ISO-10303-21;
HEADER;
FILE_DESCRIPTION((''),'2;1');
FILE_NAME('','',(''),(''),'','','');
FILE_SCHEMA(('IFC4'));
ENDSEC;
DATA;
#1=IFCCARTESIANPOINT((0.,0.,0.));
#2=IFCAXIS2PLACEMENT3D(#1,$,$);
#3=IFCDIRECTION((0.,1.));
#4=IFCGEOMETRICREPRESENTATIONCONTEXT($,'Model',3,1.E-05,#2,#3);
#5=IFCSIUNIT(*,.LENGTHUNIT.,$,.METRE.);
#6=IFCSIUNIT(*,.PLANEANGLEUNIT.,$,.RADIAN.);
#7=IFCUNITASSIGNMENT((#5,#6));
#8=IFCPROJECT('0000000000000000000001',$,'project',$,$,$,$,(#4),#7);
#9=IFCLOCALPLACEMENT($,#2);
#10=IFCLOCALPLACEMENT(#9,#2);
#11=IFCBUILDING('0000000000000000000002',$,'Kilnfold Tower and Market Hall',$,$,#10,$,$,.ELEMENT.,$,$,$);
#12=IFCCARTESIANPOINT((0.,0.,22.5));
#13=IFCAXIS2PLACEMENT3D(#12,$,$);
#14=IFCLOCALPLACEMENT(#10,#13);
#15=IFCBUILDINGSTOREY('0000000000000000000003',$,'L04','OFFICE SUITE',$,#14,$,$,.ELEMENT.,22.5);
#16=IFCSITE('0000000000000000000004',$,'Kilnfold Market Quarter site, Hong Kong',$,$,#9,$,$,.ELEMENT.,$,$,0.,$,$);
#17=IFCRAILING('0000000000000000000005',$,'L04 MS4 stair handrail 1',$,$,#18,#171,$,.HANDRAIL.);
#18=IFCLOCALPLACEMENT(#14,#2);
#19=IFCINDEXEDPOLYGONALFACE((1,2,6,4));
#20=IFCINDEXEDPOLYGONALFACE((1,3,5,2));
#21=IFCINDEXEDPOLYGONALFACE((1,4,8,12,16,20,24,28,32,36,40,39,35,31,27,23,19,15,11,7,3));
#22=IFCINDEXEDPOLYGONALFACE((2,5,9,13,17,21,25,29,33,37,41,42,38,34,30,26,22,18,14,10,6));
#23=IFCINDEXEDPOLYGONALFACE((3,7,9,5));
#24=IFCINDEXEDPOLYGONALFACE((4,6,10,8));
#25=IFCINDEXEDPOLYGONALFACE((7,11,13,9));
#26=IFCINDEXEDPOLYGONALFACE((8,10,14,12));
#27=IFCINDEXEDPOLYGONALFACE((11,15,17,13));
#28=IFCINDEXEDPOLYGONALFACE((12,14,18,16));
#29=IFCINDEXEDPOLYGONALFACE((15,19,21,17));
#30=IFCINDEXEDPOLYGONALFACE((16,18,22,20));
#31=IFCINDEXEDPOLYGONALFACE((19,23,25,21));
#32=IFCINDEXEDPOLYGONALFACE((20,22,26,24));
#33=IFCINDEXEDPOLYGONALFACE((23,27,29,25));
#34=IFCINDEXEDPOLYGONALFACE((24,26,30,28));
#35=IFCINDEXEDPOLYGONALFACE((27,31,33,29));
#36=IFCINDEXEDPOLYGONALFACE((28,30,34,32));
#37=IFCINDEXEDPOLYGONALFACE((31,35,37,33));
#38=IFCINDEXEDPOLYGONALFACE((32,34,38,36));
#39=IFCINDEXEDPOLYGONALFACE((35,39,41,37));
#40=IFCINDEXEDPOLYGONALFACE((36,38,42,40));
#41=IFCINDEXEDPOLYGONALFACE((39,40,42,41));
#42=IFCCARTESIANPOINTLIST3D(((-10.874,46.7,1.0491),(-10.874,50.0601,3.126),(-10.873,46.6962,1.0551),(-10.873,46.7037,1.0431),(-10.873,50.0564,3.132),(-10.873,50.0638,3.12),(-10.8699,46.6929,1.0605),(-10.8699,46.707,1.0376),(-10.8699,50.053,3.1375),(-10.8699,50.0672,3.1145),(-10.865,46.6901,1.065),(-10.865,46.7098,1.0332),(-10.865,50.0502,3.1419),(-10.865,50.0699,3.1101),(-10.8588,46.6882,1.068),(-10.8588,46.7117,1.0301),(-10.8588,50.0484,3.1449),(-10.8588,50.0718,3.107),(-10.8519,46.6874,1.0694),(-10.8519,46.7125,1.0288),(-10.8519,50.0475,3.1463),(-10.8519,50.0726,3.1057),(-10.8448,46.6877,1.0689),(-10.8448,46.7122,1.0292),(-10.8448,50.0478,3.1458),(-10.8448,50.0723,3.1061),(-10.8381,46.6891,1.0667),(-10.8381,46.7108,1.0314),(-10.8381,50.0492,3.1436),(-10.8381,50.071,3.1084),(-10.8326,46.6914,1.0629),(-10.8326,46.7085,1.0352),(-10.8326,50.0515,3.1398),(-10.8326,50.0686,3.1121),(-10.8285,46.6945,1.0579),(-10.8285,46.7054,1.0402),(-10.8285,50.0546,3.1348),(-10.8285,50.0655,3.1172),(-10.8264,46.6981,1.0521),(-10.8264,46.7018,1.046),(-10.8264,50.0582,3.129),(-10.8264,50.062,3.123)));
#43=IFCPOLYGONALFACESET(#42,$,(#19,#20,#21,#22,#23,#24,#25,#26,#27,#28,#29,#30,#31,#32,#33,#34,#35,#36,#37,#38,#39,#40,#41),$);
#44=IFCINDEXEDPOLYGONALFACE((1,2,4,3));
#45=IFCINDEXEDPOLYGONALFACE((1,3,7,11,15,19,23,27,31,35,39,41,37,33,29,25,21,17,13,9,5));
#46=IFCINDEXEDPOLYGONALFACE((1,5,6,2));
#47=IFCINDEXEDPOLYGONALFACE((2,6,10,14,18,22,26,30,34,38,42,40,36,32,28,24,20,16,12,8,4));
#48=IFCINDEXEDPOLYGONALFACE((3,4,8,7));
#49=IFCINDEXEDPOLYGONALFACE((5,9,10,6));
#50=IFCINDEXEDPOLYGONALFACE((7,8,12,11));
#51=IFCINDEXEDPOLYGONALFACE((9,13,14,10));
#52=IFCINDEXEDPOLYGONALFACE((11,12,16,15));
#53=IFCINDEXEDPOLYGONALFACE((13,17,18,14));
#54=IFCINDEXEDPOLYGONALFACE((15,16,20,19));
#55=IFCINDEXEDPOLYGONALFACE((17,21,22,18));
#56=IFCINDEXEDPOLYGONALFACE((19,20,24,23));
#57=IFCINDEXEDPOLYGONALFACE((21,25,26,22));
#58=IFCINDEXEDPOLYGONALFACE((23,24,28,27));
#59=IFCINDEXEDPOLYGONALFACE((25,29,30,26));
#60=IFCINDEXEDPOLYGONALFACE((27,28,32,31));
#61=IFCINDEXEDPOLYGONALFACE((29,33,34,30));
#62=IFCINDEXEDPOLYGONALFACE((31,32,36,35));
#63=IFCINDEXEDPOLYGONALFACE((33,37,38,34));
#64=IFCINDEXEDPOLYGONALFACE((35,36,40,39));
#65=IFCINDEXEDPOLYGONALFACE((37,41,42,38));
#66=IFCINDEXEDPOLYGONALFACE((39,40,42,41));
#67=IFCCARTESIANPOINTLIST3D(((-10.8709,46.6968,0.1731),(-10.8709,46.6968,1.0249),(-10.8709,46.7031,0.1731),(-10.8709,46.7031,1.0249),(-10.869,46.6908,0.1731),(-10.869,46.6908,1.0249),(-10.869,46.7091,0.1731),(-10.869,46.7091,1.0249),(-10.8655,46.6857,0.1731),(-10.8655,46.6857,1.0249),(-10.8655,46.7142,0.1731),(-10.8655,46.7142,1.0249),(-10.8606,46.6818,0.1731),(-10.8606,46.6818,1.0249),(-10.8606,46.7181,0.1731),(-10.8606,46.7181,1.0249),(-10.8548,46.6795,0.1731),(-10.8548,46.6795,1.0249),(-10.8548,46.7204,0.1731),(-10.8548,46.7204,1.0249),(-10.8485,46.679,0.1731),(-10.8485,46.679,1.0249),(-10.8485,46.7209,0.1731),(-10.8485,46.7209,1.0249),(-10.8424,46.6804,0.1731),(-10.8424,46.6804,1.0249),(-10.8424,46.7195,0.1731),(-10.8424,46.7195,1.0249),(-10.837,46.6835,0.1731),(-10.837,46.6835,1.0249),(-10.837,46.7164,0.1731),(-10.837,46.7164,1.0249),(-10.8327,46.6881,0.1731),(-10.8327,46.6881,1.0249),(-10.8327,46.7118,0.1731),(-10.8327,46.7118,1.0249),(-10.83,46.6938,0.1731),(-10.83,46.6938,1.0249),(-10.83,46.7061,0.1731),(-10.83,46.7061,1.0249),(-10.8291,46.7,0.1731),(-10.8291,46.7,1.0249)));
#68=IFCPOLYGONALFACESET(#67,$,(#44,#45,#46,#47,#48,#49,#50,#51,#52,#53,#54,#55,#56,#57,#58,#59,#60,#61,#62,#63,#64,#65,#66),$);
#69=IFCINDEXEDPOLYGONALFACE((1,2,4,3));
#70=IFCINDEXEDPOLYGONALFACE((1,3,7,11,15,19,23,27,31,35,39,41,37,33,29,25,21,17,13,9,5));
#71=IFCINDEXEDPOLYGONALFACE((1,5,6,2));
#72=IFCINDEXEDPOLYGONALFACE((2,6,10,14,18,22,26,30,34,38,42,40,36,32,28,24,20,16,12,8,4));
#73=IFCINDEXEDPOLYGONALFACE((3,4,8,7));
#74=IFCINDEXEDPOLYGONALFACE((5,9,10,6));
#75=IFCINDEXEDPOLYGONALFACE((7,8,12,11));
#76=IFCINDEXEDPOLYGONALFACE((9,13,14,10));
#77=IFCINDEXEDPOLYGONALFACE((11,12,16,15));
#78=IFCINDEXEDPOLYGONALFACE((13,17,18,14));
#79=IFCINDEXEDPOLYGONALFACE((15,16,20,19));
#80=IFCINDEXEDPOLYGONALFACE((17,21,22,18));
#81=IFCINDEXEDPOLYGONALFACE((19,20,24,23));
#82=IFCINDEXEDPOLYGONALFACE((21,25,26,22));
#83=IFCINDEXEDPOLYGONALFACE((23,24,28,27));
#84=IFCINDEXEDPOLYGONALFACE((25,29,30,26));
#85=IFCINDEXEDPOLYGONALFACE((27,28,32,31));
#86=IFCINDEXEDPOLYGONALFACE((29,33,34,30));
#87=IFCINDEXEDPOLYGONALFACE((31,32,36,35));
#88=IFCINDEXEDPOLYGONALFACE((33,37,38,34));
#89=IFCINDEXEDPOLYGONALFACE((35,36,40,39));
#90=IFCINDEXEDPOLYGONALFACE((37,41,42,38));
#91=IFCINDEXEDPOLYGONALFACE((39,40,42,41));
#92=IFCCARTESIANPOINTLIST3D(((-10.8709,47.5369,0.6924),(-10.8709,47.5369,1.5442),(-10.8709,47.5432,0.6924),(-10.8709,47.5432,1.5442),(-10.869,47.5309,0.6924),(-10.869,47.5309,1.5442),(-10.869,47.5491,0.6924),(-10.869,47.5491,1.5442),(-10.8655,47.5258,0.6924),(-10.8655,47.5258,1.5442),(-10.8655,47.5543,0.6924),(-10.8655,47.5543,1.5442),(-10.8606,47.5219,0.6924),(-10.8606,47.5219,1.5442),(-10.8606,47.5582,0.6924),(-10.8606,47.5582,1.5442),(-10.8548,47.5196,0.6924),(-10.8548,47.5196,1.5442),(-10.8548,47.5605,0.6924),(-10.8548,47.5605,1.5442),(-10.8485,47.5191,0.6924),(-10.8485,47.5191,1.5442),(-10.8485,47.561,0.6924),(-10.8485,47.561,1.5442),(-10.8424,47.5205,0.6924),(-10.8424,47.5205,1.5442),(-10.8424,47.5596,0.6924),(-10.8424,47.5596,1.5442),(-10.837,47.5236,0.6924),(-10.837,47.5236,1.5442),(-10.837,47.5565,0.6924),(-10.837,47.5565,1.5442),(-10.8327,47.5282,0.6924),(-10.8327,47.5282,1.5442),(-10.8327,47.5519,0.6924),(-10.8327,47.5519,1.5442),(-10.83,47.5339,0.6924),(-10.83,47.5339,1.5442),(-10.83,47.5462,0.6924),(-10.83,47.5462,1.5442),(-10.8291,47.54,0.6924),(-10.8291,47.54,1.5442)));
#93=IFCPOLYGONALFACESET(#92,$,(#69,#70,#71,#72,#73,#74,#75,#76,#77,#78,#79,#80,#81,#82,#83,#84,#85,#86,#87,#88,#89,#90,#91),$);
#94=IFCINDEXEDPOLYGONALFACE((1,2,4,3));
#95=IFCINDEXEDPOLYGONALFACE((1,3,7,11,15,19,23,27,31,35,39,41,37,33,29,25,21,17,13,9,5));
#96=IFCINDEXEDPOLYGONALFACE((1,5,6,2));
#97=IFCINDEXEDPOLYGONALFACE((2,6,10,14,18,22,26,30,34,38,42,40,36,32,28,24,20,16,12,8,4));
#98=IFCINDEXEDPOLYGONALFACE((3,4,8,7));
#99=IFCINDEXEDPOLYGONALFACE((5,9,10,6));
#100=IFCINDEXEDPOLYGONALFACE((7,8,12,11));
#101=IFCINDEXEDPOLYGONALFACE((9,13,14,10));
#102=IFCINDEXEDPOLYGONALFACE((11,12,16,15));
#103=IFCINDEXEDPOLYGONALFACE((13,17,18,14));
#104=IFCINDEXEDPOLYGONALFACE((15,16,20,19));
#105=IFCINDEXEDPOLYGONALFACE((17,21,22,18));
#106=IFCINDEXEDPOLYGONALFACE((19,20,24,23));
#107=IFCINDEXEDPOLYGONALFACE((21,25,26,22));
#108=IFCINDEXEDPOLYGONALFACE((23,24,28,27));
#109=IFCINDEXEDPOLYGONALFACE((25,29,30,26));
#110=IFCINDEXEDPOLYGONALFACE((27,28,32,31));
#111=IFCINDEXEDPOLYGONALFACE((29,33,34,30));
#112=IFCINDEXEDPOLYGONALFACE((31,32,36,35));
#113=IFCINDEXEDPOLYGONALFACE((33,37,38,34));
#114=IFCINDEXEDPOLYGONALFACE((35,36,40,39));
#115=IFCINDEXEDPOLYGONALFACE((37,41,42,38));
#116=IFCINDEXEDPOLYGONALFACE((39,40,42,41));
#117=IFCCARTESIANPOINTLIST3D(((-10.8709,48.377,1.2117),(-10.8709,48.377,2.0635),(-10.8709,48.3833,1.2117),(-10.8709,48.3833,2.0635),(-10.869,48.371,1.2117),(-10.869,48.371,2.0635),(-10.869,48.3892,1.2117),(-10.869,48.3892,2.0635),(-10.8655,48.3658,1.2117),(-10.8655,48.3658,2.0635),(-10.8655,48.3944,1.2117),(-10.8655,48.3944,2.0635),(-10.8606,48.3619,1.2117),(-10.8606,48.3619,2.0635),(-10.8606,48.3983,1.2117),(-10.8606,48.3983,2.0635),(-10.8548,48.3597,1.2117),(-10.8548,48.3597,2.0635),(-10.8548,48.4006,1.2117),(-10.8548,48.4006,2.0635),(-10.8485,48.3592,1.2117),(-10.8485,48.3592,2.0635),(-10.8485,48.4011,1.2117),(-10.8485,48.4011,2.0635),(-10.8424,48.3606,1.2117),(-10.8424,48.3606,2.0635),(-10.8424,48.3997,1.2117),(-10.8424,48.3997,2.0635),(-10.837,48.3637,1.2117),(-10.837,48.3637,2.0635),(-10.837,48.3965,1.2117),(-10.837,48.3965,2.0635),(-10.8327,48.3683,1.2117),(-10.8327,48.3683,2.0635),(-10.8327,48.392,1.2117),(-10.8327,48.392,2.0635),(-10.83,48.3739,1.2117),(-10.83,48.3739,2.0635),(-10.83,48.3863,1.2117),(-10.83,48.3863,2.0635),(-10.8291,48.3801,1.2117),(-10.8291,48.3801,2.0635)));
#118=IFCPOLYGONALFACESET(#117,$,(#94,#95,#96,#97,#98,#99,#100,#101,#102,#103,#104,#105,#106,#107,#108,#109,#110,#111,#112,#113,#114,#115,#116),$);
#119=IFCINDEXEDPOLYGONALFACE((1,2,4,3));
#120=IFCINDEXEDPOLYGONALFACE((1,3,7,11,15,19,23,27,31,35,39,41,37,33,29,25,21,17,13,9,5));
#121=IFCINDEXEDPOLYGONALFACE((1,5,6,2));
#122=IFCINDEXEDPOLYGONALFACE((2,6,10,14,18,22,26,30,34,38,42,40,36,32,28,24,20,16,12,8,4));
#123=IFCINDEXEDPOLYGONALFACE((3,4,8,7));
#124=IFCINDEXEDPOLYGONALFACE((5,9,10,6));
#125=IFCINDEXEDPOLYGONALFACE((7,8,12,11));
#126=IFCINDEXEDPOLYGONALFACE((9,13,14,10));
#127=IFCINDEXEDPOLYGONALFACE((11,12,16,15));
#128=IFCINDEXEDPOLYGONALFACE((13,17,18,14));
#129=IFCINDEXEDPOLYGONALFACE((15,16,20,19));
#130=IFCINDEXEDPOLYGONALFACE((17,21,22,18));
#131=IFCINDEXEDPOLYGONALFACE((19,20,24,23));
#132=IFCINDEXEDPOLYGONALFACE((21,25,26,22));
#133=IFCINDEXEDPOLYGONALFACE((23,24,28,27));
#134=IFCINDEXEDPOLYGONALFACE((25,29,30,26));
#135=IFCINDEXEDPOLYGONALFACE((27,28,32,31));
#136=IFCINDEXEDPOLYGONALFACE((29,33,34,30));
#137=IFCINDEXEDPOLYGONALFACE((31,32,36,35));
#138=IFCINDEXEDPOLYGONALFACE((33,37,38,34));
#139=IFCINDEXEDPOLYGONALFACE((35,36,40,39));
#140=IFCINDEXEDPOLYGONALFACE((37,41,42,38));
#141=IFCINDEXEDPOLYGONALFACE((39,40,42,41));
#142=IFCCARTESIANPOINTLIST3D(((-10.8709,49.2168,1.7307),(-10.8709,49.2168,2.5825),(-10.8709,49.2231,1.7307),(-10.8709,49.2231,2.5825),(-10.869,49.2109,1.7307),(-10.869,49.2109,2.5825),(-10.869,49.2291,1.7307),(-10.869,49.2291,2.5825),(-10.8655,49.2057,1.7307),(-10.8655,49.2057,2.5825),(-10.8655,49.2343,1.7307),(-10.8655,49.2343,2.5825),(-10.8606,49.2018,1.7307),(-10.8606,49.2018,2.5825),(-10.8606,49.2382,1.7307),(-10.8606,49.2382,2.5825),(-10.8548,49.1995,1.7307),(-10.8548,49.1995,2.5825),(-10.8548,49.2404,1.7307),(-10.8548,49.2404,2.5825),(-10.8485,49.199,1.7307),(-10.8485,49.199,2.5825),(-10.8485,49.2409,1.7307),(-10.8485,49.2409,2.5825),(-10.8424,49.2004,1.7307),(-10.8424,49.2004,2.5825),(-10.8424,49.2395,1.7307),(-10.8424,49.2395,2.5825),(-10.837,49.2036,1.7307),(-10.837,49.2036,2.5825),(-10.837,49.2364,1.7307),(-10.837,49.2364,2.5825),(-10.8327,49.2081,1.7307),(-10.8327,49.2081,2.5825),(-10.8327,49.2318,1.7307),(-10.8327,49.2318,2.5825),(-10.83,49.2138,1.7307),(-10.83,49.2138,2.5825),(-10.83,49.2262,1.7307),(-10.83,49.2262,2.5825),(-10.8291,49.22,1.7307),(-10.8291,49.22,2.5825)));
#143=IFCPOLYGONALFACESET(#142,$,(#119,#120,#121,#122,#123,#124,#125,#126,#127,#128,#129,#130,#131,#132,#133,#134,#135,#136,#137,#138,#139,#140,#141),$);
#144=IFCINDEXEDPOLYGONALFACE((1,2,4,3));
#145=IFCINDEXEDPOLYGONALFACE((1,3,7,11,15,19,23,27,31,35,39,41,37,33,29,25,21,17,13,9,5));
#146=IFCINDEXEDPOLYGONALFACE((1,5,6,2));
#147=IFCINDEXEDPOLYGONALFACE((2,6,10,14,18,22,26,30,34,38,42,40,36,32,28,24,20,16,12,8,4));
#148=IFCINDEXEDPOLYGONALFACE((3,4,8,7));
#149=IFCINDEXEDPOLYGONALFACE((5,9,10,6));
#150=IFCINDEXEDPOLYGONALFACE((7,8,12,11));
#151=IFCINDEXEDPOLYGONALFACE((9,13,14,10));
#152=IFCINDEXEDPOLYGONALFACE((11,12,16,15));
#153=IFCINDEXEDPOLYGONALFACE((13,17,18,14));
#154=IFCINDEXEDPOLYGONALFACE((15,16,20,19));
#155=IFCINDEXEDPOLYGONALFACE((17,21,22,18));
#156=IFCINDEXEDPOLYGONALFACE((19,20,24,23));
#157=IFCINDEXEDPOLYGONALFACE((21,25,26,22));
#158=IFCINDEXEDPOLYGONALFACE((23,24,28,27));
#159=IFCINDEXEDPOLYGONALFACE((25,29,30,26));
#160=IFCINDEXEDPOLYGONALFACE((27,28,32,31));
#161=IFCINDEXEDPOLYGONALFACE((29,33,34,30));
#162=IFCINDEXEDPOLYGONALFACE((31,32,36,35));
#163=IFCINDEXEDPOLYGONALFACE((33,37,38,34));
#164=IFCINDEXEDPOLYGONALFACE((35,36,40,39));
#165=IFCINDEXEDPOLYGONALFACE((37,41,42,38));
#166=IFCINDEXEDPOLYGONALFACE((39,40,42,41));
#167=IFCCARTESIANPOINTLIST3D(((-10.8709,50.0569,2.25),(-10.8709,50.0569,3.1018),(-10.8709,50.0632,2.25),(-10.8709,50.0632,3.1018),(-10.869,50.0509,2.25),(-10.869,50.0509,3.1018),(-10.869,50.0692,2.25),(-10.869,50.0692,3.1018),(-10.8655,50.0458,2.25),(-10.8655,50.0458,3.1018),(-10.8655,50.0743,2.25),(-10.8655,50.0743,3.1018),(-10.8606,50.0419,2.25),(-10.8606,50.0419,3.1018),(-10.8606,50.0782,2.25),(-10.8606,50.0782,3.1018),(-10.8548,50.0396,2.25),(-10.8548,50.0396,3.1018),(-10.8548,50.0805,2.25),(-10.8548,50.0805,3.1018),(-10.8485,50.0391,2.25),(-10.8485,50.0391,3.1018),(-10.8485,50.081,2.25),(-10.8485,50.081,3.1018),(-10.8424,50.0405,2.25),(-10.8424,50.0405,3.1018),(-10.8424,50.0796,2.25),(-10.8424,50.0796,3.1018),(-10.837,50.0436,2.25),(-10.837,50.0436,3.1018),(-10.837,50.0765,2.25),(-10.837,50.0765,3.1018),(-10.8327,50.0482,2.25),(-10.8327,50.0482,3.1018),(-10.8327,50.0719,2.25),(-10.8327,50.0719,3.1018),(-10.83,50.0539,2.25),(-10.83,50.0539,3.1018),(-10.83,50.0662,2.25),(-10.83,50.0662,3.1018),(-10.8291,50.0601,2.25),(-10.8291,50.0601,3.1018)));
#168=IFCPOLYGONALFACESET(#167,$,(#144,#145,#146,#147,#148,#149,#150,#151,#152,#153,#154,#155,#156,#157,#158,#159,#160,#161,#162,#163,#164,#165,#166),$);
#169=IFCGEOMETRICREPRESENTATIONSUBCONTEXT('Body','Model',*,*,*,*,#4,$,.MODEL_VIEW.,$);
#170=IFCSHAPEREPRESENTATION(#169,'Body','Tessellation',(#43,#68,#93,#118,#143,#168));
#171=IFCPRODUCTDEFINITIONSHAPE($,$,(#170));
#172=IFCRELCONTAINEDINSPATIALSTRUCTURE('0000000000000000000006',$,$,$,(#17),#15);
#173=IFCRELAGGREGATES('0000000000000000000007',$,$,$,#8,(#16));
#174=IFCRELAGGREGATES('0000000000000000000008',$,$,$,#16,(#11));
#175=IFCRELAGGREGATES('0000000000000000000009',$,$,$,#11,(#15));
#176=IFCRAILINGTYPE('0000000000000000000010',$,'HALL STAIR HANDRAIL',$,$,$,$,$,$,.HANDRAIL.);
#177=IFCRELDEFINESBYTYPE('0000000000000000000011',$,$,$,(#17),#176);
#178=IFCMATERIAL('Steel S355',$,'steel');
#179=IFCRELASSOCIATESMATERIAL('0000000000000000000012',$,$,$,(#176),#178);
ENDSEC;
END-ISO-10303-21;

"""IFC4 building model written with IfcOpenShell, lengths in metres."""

from ifc_helpers import new_model, si_unit, direction, frame, origin, origin_2d, place, context, subcontext, project, spatial, circle, extrude, material, type_object, element, save


model = new_model("IFC4")

# Units and contexts
model_context = context("Model", 3, precision=1e-05, world=origin(), true_north=direction((0.0, 1.0)))
body_context = subcontext(model_context, "Body", "Model", "MODEL_VIEW")
ifc_project = project(units=[si_unit("LENGTHUNIT", "METRE"), si_unit("PLANEANGLEUNIT", "RADIAN")], contexts=[model_context])

# Site, building, storey
site_placement = place(None, origin())
site = spatial("IfcSite", under=ifc_project, at=site_placement, Name="Kilnfold Market Quarter site, Hong Kong", CompositionType="ELEMENT", RefElevation=0.0)
building_placement = place(site_placement, origin())
building = spatial("IfcBuilding", under=site, at=building_placement, Name="Kilnfold Tower and Market Hall", CompositionType="ELEMENT")
storey_placement = place(building_placement, frame((0.0, 0.0, 22.5)))
storey = spatial("IfcBuildingStorey", under=building, at=storey_placement, Name="L04", Description="OFFICE SUITE", CompositionType="ELEMENT", Elevation=22.5)

# Railing
ifc_material_1 = material(Name="Steel S355", Category="steel")
railing_type_1 = type_object("IfcRailingType", Name="HALL STAIR HANDRAIL", PredefinedType="HANDRAIL", material=ifc_material_1)
railing_1_placement = place(storey_placement, frame((-10.8501, 46.7, 0.1731)))
element("IfcRailing", 1, at=railing_1_placement, inside=storey, type_object=railing_type_1, Name="L04 MS4 stair handrail 1", PredefinedType="HANDRAIL", context=body_context, shape_type="SweptSolid", body=[
    extrude(circle(Radius=0.0239, at=origin_2d()), frame((0.0, 0.0, 0.876), z_axis=(0.0, 0.850623, 0.525776), x_axis=(-1.0, 0.0, 0.0)), (0.0, 0.0, 1.0), 3.9502),
    extrude(circle(Radius=0.021, at=origin_2d()), origin(), (0.0, 0.0, 1.0), 0.8518),
    extrude(circle(Radius=0.021, at=origin_2d()), frame((0.0, 0.8401, 0.5193)), (0.0, 0.0, 1.0), 0.8518),
    extrude(circle(Radius=0.021, at=origin_2d()), frame((0.0, 1.6802, 1.0386)), (0.0, 0.0, 1.0), 0.8518),
    extrude(circle(Radius=0.021, at=origin_2d()), frame((0.0, 2.52, 1.5576)), (0.0, 0.0, 1.0), 0.8518),
    extrude(circle(Radius=0.021, at=origin_2d()), frame((0.0, 3.3601, 2.0769)), (0.0, 0.0, 1.0), 0.8518),
])

save(model, "model.ifc")
